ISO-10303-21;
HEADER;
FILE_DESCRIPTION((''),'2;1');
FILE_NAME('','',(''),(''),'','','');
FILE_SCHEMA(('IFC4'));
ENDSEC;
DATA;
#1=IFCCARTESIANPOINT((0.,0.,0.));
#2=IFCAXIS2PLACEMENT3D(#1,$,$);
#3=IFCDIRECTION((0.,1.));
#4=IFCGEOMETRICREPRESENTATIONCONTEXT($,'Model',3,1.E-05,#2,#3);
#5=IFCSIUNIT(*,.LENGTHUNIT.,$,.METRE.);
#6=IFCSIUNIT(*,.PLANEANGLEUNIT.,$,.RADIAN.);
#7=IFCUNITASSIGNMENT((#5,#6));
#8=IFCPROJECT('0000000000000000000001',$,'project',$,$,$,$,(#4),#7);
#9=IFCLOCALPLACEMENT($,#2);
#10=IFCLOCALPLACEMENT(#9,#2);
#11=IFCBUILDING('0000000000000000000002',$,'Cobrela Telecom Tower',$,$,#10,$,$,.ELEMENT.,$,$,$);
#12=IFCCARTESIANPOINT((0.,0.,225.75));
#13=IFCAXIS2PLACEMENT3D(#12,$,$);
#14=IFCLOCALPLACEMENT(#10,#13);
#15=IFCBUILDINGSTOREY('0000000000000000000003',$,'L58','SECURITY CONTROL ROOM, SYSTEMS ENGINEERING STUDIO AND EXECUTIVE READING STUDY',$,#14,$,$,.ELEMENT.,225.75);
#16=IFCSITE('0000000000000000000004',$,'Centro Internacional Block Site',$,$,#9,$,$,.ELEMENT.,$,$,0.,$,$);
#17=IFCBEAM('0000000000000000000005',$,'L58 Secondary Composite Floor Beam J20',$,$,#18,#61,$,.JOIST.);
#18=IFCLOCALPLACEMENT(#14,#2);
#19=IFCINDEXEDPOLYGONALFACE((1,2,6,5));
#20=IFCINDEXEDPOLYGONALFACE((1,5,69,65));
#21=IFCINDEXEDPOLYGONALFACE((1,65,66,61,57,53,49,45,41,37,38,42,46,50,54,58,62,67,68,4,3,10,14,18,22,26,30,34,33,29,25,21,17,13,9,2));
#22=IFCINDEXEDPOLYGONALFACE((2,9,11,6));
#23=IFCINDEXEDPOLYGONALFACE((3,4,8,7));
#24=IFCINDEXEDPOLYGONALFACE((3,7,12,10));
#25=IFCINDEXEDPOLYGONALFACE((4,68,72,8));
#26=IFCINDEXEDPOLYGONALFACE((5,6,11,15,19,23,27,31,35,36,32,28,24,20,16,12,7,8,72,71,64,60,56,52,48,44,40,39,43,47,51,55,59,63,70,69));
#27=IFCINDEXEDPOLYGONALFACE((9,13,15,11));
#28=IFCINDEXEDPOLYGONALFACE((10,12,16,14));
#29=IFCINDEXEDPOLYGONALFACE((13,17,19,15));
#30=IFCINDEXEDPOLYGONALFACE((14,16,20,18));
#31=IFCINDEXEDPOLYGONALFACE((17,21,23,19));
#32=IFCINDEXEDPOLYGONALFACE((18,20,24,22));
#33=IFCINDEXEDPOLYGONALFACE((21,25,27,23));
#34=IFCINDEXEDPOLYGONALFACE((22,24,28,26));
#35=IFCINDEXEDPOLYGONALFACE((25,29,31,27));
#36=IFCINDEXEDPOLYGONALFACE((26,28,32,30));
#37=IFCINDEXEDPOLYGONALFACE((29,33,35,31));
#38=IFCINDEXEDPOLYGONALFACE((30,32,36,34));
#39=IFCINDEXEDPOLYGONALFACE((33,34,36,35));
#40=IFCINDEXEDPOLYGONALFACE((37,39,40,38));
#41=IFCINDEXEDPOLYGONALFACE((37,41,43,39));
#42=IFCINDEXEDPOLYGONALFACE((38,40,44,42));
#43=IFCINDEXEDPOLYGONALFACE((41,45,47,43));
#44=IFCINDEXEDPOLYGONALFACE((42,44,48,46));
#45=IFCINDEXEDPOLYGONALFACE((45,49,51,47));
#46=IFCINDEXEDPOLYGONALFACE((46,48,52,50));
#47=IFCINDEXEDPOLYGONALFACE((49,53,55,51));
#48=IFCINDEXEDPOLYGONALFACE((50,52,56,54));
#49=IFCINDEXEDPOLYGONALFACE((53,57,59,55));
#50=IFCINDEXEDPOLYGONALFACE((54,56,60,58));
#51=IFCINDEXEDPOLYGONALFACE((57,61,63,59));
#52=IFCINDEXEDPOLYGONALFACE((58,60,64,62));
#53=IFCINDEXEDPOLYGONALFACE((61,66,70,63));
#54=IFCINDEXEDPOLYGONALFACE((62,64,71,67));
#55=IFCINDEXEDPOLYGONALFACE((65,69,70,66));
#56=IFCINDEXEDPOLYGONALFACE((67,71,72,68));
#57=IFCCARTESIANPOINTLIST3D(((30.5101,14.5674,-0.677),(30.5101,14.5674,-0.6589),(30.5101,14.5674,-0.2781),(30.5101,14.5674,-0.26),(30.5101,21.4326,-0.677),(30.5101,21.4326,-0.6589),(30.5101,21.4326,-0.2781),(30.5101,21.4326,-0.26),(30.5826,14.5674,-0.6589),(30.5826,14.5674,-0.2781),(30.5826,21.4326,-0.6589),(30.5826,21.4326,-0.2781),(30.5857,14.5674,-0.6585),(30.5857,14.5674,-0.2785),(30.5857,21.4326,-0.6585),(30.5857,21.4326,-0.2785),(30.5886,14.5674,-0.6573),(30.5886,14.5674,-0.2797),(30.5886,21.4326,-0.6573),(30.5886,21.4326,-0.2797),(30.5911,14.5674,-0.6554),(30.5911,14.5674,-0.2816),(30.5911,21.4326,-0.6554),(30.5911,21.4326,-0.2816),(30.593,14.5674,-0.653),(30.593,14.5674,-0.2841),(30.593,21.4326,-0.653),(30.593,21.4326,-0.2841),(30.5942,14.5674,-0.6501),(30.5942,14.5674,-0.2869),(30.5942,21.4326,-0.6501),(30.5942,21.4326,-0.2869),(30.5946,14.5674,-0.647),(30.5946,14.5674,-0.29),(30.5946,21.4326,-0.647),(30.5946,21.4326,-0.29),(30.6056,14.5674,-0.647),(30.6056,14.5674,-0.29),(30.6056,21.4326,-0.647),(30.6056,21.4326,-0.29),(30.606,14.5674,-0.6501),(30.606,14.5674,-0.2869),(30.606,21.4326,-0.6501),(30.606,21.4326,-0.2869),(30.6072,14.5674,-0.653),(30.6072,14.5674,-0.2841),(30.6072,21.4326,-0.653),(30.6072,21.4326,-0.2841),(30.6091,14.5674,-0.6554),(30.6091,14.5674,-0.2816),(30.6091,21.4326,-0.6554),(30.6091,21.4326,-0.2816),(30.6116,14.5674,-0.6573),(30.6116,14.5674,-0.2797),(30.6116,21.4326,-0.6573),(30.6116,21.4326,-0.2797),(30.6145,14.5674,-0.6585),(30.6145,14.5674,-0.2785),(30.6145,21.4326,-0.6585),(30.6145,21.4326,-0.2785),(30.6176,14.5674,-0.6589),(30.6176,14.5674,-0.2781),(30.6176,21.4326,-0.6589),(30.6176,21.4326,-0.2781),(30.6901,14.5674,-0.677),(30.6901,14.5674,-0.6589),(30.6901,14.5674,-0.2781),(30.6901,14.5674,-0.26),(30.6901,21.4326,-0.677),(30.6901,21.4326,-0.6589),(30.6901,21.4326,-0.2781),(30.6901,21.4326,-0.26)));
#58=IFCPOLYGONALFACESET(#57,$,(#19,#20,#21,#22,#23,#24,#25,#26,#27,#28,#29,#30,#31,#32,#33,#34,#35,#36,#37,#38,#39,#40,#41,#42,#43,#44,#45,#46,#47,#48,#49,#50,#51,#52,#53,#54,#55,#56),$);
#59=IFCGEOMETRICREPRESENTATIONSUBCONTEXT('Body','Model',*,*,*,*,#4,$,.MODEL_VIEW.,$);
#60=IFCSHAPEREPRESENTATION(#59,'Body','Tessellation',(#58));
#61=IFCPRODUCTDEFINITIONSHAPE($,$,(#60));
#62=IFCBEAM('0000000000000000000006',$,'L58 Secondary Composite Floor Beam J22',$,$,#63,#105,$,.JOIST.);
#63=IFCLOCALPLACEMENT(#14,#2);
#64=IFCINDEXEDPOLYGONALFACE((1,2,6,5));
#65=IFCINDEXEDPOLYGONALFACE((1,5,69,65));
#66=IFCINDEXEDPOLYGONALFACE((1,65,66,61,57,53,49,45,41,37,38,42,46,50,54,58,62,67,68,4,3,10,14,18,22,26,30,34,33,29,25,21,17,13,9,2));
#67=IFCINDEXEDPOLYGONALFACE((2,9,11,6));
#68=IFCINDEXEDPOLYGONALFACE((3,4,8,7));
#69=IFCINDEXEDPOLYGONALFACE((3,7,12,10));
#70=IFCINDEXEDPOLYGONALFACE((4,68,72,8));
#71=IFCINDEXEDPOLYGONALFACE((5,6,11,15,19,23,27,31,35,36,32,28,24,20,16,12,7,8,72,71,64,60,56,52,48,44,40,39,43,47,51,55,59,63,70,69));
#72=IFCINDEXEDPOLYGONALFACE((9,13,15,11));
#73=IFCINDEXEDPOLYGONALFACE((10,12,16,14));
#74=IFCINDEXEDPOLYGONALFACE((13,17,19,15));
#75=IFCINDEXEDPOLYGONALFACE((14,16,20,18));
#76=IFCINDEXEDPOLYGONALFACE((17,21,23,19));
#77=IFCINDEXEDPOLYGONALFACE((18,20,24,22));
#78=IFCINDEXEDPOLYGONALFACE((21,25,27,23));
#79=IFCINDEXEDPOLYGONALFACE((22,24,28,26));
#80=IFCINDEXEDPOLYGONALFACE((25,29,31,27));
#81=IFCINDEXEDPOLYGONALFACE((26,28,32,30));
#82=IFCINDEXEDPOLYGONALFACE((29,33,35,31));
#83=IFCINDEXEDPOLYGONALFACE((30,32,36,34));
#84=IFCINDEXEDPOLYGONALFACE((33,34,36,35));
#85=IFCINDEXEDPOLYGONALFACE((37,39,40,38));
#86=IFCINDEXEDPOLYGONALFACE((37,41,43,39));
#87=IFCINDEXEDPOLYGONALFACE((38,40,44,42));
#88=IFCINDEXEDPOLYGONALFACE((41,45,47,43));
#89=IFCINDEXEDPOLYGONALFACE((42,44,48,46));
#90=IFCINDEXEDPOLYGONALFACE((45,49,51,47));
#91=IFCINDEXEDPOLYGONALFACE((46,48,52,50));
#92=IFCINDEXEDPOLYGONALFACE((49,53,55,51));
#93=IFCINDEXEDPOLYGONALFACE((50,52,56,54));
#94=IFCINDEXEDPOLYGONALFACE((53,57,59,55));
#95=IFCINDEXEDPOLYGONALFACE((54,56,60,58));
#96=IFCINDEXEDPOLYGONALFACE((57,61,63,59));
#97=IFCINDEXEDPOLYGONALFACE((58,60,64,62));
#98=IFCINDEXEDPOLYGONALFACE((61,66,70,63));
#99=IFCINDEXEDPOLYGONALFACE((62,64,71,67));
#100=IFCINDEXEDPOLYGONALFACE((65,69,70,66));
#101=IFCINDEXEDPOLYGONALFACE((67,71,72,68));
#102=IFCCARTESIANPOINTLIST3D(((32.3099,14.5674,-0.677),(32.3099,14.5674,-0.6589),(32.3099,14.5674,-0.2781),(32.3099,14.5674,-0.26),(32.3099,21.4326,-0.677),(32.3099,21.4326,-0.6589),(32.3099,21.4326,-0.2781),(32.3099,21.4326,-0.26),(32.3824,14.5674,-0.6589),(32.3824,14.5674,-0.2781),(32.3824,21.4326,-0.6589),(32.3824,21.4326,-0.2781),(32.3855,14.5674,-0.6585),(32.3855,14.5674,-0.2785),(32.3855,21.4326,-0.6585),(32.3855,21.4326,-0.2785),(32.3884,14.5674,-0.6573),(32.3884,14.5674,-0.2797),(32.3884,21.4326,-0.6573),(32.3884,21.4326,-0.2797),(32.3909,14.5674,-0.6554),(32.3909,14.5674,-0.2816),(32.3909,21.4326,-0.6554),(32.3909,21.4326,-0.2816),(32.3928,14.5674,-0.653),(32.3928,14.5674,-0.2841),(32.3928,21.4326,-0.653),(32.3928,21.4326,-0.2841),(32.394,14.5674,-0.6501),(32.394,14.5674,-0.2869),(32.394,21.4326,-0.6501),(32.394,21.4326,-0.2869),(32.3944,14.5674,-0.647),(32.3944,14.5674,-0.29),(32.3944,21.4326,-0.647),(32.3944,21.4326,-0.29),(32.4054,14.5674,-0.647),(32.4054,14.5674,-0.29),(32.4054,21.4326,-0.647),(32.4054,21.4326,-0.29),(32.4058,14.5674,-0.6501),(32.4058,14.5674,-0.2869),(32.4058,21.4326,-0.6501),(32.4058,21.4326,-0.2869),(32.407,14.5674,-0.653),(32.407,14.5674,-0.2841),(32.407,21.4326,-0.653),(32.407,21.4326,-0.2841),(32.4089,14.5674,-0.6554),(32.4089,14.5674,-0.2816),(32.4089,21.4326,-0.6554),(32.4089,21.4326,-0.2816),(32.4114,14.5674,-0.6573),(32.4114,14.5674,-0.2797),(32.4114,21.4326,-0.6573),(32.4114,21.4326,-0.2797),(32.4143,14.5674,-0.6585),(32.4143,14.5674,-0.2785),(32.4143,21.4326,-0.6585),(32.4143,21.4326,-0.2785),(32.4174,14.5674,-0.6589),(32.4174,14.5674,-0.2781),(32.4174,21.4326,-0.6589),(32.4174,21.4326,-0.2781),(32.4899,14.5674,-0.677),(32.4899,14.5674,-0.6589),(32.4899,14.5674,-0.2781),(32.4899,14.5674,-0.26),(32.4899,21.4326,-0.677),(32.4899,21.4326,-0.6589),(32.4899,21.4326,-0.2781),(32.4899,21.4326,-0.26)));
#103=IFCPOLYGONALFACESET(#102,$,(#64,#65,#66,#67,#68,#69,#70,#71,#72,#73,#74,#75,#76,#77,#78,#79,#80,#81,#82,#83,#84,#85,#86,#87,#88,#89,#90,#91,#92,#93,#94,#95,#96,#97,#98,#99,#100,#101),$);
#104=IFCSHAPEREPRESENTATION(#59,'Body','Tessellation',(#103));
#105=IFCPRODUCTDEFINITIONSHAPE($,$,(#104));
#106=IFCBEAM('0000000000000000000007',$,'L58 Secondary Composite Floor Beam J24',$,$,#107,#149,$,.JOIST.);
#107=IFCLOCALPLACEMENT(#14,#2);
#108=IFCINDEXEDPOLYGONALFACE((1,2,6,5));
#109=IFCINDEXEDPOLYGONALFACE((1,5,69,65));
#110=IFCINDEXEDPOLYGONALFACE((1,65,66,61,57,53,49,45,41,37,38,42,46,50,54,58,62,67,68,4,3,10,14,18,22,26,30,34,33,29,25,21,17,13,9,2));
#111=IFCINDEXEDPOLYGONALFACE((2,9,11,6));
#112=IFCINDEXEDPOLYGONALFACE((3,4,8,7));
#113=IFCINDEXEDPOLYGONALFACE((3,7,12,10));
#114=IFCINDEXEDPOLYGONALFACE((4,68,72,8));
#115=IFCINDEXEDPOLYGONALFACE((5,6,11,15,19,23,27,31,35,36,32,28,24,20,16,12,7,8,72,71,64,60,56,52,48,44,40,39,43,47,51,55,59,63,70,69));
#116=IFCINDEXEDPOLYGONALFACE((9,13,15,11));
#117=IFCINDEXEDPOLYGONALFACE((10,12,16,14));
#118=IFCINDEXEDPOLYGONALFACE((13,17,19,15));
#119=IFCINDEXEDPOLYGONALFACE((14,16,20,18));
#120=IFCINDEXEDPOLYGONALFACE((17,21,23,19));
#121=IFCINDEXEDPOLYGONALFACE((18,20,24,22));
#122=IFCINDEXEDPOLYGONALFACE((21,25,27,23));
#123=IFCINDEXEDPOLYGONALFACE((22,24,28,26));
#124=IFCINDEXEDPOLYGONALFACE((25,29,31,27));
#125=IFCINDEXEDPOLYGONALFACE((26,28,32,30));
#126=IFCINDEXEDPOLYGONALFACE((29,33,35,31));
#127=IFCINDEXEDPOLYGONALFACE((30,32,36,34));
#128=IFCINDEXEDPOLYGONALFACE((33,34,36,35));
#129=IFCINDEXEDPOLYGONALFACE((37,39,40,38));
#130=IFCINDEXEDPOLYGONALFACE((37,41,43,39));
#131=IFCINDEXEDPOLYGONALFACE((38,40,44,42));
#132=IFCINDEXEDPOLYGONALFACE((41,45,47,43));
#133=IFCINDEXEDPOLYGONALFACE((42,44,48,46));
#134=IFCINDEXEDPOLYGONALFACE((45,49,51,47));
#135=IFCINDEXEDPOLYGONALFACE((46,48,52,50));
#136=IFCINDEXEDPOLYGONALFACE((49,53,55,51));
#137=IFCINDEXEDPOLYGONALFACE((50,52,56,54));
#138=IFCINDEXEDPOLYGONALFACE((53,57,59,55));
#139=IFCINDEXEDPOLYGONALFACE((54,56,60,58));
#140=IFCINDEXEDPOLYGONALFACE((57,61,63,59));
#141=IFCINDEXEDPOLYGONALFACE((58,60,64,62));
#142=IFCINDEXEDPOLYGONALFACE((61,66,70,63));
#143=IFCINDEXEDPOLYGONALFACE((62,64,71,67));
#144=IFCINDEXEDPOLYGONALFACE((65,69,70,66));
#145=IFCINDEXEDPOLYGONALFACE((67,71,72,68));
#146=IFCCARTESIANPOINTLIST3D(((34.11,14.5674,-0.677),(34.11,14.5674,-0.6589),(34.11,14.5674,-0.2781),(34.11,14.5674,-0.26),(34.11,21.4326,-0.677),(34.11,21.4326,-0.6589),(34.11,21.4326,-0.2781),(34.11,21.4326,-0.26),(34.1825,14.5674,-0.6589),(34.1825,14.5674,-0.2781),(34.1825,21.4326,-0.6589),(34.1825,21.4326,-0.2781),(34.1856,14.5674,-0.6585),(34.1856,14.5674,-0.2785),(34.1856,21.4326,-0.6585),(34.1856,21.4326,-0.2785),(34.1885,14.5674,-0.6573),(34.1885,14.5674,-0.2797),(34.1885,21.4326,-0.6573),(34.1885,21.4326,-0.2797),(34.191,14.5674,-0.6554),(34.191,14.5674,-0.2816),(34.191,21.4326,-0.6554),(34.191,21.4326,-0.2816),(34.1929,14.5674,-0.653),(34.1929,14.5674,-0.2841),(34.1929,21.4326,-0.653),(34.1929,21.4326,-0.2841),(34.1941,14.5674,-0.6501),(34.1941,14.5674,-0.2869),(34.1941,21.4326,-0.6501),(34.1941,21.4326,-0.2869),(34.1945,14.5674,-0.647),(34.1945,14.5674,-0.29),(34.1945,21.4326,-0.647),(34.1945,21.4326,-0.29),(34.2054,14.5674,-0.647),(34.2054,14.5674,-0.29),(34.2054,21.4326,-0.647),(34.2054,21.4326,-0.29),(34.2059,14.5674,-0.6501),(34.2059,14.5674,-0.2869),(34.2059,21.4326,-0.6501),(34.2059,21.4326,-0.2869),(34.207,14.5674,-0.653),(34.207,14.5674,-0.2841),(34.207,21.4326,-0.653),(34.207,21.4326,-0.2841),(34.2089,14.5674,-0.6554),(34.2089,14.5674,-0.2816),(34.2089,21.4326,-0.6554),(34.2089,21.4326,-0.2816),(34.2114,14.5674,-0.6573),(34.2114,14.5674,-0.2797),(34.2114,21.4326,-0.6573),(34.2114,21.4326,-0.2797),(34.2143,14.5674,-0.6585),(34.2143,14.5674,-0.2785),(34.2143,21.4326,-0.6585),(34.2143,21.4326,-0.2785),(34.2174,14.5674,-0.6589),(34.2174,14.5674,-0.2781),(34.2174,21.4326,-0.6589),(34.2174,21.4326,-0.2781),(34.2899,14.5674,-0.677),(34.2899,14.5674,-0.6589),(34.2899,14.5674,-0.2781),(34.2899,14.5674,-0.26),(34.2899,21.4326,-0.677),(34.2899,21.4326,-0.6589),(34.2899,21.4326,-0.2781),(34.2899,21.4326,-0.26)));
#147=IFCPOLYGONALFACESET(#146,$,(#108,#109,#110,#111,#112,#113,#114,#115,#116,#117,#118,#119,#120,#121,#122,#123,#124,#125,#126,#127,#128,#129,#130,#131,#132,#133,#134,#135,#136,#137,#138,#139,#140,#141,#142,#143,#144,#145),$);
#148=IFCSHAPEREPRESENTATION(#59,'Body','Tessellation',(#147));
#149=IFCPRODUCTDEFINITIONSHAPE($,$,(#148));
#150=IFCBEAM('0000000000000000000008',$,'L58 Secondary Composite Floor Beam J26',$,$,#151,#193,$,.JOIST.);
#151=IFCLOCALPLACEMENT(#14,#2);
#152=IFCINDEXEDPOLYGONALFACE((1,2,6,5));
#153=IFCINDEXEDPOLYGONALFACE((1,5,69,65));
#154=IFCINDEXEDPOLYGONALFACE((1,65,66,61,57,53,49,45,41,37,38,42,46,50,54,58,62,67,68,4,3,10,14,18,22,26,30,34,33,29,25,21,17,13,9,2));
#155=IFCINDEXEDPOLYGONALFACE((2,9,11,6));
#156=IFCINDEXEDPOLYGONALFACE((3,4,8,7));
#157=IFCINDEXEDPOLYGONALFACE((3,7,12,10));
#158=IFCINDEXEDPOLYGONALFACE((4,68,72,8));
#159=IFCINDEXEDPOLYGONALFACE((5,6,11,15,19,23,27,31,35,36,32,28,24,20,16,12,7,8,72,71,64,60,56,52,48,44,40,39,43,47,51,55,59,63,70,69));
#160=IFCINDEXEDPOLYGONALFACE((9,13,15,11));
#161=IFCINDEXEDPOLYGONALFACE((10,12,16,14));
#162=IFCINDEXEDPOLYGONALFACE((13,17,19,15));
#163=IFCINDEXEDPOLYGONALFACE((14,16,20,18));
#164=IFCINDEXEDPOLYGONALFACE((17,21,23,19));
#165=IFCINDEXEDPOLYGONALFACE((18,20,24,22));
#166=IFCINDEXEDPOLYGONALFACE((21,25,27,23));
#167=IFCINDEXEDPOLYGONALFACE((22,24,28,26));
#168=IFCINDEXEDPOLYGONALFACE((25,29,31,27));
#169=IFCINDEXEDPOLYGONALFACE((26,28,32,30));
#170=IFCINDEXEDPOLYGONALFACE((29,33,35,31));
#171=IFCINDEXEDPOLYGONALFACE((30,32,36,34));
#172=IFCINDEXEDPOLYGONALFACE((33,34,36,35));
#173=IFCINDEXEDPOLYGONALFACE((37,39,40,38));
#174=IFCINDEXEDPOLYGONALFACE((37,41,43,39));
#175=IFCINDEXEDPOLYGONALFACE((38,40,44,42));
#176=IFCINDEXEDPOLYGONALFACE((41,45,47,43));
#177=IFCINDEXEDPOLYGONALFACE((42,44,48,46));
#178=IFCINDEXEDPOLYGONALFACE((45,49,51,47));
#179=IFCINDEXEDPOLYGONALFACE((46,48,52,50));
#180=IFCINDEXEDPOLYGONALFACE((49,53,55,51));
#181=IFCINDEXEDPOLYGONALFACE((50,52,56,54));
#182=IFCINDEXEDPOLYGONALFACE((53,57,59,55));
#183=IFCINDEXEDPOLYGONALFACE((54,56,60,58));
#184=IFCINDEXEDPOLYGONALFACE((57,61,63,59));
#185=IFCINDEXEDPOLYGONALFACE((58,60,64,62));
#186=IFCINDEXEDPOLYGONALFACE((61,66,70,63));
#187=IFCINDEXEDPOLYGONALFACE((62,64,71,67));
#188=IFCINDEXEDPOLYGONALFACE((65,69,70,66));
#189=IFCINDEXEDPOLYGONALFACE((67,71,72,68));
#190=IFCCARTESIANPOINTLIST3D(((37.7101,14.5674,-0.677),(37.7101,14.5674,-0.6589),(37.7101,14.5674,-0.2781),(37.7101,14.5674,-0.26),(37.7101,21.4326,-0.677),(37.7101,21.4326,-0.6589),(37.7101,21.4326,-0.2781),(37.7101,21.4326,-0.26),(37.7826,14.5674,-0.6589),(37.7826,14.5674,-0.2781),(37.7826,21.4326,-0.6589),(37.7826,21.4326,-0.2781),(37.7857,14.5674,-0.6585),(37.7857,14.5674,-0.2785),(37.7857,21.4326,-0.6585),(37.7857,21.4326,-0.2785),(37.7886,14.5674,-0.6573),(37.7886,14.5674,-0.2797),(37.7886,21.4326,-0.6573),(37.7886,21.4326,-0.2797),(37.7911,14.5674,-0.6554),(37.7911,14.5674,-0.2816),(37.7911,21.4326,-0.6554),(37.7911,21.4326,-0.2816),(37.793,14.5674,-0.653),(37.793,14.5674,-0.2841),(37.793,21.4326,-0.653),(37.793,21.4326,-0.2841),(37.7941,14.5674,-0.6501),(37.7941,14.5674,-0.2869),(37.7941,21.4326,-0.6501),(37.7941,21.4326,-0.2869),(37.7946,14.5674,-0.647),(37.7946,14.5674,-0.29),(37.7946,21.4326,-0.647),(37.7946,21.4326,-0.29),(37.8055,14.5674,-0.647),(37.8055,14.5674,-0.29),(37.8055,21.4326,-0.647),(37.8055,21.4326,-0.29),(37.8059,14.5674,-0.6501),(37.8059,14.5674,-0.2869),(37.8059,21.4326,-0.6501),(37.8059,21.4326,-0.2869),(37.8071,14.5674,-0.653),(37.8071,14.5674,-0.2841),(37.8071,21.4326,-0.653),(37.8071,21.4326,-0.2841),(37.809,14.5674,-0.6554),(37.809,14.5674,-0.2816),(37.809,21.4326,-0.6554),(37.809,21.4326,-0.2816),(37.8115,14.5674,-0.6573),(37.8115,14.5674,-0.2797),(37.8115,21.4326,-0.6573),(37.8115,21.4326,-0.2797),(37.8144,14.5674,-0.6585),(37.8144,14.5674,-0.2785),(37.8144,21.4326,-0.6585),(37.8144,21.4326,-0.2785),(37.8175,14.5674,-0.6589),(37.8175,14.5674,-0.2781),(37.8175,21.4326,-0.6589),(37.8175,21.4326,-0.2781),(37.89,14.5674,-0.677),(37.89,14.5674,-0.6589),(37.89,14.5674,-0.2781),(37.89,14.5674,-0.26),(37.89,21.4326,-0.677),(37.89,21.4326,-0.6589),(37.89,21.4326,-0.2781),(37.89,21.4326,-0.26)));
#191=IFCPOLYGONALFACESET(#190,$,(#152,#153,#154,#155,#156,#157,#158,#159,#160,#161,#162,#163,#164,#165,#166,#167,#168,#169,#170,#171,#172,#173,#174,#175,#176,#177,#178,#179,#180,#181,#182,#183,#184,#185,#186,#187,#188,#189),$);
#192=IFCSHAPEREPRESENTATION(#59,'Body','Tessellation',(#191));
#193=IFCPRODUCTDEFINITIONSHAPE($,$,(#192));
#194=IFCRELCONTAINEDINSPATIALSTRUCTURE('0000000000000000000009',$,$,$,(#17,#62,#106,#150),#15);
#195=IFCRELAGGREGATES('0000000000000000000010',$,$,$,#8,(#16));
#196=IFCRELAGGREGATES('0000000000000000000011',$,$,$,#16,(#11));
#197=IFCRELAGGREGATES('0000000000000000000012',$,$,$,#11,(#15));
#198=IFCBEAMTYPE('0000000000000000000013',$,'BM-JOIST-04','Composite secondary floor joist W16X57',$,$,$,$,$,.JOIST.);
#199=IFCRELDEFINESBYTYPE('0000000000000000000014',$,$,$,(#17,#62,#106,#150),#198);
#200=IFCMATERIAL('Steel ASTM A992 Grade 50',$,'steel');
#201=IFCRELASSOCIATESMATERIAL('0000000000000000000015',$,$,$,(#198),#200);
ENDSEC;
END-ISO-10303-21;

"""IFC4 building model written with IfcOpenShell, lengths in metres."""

from ifc_helpers import new_model, si_unit, direction, frame, origin, origin_2d, place, context, subcontext, project, spatial, i_section, extrude, material, material_profile, profile_set, type_object, element, save


model = new_model("IFC4")

# Units and contexts
model_context = context("Model", 3, precision=1e-05, world=origin(), true_north=direction((0.0, 1.0)))
body_context = subcontext(model_context, "Body", "Model", "MODEL_VIEW")
ifc_project = project(units=[si_unit("LENGTHUNIT", "METRE"), si_unit("PLANEANGLEUNIT", "RADIAN")], contexts=[model_context])

# Site, building, storey
site_placement = place(None, origin())
site = spatial("IfcSite", under=ifc_project, at=site_placement, Name="Centro Internacional Block Site", CompositionType="ELEMENT", RefElevation=0.0)
building_placement = place(site_placement, origin())
building = spatial("IfcBuilding", under=site, at=building_placement, Name="Cobrela Telecom Tower", CompositionType="ELEMENT")
storey_placement = place(building_placement, frame((0.0, 0.0, 225.75)))
storey = spatial("IfcBuildingStorey", under=building, at=storey_placement, Name="L58", Description="SECURITY CONTROL ROOM, SYSTEMS ENGINEERING STUDIO AND EXECUTIVE READING STUDY", CompositionType="ELEMENT", Elevation=225.75)

# Shared definitions
ifc_material_1 = material(Name="Steel ASTM A992 Grade 50", Category="steel")

# Beams
ifc_material_profile_1 = material_profile(ifc_material_1, i_section(OverallWidth=0.1799, OverallDepth=0.417, WebThickness=0.011, FlangeThickness=0.0181, FilletRadius=0.012, at=origin_2d()), Name="W16X57")
ifc_profile_set_1 = profile_set([ifc_material_profile_1], Name="Steel ASTM A992 Grade 50")
beam_type_1 = type_object("IfcBeamType", Name="BM-JOIST-04", Description="Composite secondary floor joist W16X57", PredefinedType="JOIST", material=ifc_profile_set_1)
for number, where, z_axis, x_axis, name in (
    (1, (30.6001, 14.5674, -0.4685), (0.0, 1.0, 0.0), (-1.0, 0.0, 0.0), "L58 Secondary Composite Floor Beam J20"),
    (2, (32.3999, 14.5674, -0.4685), (0.0, 1.0, 0.0), (-1.0, 0.0, 0.0), "L58 Secondary Composite Floor Beam J22"),
    (3, (34.2, 14.5674, -0.4685), (0.0, 1.0, 0.0), (-1.0, 0.0, 0.0), "L58 Secondary Composite Floor Beam J24"),
    (4, (37.8, 14.5674, -0.4685), (0.0, 1.0, 0.0), (-1.0, 0.0, 0.0), "L58 Secondary Composite Floor Beam J26"),
):
    element("IfcBeam", number, at=place(storey_placement, frame(where, z_axis=z_axis, x_axis=x_axis)), inside=storey, type_object=beam_type_1, Name=name, PredefinedType="JOIST", context=body_context, shape_type="SweptSolid", body=[
        extrude(i_section(OverallWidth=0.1799, OverallDepth=0.417, WebThickness=0.011, FlangeThickness=0.0181, FilletRadius=0.012, at=origin_2d()), origin(), (0.0, 0.0, 1.0), 6.8652),
    ])

save(model, "model.ifc")
